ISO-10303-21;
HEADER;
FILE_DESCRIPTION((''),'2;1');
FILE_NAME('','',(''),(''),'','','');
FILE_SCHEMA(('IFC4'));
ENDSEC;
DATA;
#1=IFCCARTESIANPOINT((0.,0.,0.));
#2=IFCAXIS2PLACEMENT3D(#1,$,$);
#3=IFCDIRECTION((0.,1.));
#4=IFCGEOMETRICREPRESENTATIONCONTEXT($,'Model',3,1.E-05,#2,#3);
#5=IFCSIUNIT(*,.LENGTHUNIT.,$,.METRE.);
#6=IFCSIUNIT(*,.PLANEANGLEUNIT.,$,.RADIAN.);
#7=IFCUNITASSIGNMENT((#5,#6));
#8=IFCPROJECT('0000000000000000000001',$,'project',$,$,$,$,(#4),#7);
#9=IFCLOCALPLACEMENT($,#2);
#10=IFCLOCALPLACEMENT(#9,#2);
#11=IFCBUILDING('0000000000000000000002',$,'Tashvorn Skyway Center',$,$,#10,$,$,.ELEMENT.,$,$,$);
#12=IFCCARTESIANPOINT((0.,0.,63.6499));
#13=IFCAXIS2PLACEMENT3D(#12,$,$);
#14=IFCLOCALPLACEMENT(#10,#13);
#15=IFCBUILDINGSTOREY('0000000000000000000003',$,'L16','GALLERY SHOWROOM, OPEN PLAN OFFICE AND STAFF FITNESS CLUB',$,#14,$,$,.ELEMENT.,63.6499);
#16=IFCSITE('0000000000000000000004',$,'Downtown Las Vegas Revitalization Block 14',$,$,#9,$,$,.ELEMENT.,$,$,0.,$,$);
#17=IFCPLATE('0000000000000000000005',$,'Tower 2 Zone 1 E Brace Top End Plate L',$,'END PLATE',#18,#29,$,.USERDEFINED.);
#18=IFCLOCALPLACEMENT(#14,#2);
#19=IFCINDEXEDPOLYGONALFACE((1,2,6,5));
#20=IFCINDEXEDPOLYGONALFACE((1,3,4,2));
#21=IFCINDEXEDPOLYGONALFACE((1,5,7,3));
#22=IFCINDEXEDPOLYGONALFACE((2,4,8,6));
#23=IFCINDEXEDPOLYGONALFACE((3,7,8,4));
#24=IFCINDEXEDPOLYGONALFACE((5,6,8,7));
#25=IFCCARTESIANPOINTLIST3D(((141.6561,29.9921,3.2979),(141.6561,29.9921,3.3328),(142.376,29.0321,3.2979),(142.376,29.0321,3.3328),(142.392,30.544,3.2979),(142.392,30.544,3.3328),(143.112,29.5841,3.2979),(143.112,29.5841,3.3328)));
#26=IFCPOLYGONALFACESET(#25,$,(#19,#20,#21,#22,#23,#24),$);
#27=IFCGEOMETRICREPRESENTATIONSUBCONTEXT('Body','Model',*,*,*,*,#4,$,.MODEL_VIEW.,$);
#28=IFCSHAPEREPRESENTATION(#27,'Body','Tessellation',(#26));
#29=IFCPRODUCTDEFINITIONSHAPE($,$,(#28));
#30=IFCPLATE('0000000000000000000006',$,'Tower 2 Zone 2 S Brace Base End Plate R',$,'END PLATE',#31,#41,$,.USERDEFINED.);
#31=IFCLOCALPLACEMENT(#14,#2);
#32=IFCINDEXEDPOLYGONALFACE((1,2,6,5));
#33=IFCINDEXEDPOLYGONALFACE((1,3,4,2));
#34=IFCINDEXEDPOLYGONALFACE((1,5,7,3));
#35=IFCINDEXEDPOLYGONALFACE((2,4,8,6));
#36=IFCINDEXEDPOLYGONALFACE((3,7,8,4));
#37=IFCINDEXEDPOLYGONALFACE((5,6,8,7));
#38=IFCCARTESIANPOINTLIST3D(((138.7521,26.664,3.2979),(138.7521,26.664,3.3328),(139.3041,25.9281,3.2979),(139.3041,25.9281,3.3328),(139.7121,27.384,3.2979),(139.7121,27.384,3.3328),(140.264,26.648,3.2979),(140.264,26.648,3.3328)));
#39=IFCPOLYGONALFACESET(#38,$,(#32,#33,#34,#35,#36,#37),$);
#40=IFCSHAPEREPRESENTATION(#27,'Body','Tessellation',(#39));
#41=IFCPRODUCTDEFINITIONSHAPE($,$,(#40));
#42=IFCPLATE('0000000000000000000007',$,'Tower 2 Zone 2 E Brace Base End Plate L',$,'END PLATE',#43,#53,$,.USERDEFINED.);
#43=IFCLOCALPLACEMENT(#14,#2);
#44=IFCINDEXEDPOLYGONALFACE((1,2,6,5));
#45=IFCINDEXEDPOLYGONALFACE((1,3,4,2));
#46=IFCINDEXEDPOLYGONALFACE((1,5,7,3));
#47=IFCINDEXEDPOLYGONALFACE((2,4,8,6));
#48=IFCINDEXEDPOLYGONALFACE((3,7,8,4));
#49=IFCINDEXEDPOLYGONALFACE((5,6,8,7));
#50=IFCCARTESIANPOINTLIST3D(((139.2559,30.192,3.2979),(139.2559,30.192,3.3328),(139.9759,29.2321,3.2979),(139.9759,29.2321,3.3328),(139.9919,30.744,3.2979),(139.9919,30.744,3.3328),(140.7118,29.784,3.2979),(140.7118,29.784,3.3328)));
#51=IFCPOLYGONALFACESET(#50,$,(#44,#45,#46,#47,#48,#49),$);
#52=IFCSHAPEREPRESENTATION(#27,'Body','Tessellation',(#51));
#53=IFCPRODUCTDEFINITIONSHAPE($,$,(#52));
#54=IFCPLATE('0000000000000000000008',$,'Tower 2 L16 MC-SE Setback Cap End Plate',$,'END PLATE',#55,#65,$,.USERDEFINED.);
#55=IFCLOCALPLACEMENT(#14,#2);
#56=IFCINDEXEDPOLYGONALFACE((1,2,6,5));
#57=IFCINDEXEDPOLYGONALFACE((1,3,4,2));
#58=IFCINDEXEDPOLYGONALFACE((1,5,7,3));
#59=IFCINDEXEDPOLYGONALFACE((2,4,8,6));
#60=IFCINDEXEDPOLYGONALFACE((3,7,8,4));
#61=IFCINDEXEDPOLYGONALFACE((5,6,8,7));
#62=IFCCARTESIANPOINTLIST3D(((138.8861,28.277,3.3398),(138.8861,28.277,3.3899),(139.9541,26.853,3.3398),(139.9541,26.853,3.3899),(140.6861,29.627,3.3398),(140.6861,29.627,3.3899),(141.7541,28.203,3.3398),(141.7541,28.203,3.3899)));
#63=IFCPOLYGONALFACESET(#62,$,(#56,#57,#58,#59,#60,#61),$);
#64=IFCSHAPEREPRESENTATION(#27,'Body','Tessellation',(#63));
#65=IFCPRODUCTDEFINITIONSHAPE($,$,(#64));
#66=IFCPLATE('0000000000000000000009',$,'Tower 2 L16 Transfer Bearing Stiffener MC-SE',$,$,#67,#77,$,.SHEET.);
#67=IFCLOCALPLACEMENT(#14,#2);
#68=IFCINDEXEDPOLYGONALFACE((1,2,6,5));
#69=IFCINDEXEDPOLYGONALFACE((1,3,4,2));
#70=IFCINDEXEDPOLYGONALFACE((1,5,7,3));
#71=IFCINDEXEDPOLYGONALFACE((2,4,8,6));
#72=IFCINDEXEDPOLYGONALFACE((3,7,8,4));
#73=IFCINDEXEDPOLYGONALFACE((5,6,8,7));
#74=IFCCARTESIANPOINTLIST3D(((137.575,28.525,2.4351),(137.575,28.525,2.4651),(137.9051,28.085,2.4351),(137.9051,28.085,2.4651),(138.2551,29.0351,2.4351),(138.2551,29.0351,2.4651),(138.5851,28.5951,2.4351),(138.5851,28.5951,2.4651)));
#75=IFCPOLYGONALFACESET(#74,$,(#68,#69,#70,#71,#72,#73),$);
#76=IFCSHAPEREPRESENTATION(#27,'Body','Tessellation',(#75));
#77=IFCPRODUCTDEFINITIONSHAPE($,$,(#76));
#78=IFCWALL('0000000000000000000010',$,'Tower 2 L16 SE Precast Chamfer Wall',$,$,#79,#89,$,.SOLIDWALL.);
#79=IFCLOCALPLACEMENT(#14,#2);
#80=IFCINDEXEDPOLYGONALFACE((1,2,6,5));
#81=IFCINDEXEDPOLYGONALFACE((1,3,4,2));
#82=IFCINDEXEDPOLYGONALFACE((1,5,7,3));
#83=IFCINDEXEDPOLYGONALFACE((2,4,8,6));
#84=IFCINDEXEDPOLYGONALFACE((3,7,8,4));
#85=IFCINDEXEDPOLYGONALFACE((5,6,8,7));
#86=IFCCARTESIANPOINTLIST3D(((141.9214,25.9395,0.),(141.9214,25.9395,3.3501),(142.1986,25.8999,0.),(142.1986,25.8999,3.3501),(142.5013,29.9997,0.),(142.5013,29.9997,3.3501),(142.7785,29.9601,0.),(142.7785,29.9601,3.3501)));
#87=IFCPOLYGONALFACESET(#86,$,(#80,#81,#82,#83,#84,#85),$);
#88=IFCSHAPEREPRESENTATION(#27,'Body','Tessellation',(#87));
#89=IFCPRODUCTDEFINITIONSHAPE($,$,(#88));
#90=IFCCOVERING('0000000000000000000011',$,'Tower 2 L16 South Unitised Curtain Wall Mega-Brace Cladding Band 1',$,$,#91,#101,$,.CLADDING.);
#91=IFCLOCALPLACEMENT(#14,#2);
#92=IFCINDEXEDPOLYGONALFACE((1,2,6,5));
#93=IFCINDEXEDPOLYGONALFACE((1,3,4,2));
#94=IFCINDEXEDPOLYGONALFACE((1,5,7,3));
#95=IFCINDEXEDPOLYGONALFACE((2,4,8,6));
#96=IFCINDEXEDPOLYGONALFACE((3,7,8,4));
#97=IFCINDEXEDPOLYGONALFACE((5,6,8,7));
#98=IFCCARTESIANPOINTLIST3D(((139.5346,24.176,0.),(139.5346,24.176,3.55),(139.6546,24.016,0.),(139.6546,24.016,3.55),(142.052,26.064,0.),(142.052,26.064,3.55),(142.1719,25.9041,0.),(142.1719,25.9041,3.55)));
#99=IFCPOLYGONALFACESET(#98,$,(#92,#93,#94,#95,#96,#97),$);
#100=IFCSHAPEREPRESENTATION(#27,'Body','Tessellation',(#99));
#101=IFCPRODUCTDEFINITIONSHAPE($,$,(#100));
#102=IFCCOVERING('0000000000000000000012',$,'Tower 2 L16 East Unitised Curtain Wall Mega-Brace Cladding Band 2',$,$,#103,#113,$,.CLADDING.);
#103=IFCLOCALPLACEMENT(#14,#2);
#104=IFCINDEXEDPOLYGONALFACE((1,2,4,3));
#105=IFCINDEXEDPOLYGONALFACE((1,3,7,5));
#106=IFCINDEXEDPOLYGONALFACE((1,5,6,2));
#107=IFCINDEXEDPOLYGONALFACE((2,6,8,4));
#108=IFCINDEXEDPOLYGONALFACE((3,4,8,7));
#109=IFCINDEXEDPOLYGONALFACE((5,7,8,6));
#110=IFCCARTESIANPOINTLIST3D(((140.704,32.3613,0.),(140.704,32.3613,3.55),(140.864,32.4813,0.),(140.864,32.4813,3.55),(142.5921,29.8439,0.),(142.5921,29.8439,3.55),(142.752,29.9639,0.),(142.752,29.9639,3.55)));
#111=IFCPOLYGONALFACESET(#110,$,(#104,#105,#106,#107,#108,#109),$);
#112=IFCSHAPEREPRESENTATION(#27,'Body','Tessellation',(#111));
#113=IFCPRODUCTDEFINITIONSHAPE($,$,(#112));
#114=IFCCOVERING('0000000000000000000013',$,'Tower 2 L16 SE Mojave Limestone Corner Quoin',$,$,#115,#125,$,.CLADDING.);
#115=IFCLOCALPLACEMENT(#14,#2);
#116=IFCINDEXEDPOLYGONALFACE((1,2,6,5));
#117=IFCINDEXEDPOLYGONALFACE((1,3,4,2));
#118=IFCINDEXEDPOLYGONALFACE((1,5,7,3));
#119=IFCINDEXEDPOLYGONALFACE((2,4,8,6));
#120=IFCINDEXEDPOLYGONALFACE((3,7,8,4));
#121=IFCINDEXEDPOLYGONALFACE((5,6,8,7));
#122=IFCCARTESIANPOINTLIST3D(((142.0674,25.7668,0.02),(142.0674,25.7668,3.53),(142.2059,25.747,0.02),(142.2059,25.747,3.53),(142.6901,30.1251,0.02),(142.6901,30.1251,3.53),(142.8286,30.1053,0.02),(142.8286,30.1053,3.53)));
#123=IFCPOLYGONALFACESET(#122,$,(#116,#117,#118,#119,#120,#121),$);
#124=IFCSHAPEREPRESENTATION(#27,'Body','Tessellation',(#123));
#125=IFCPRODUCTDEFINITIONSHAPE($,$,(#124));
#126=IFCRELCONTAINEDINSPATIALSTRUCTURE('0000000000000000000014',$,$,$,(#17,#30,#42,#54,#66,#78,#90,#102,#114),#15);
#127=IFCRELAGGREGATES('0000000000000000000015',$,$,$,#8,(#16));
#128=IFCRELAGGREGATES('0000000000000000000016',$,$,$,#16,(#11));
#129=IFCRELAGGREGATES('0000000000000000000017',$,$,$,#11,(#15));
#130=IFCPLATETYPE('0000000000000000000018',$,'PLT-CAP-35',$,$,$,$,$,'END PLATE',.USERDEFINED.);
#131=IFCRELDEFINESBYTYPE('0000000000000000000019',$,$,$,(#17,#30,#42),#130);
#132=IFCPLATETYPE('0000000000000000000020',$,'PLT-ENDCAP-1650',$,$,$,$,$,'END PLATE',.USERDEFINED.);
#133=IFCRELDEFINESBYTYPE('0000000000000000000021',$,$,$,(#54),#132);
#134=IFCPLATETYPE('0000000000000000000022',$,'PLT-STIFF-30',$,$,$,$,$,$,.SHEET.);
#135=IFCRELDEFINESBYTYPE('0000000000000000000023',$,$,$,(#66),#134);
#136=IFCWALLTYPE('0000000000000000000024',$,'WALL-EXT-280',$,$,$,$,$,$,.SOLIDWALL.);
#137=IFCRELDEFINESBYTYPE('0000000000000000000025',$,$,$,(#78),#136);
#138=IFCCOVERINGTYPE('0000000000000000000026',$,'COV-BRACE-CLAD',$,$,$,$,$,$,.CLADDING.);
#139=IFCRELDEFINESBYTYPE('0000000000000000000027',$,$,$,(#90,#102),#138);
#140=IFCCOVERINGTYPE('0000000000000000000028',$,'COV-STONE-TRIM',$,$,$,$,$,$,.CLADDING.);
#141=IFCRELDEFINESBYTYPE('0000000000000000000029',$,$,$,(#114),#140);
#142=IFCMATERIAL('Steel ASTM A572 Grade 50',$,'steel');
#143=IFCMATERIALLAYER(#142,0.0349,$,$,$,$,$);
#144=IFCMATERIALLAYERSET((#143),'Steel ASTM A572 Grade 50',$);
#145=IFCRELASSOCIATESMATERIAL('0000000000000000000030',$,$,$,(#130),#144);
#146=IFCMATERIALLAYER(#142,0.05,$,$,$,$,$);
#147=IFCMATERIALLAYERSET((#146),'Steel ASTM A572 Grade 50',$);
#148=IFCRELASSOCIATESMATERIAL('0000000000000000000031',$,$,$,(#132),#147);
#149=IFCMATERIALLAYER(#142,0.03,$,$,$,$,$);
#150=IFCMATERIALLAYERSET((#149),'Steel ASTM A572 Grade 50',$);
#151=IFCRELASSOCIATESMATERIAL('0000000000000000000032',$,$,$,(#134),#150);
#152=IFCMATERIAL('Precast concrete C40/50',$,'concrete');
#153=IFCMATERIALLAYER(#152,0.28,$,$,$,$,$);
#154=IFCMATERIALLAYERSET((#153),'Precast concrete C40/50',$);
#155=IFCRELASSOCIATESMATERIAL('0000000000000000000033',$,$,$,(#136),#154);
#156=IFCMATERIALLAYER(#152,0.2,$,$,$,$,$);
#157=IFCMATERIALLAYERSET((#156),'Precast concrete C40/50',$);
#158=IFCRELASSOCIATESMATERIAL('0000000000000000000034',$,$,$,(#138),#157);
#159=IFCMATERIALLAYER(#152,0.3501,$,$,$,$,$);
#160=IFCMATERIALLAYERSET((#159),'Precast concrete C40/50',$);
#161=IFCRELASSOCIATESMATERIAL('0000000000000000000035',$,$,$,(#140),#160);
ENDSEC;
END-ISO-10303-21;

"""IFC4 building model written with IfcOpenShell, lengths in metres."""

from ifc_helpers import new_model, si_unit, direction, frame, frame_2d, origin, origin_2d, place, context, subcontext, project, spatial, rectangle, extrude, material, layer, layer_set, type_object, element, save


model = new_model("IFC4")

# Units and contexts
model_context = context("Model", 3, precision=1e-05, world=origin(), true_north=direction((0.0, 1.0)))
body_context = subcontext(model_context, "Body", "Model", "MODEL_VIEW")
ifc_project = project(units=[si_unit("LENGTHUNIT", "METRE"), si_unit("PLANEANGLEUNIT", "RADIAN")], contexts=[model_context])

# Site, building, storey
site_placement = place(None, origin())
site = spatial("IfcSite", under=ifc_project, at=site_placement, Name="Downtown Las Vegas Revitalization Block 14", CompositionType="ELEMENT", RefElevation=0.0)
building_placement = place(site_placement, origin())
building = spatial("IfcBuilding", under=site, at=building_placement, Name="Tashvorn Skyway Center", CompositionType="ELEMENT")
storey_placement = place(building_placement, frame((0.0, 0.0, 63.6499)))
storey = spatial("IfcBuildingStorey", under=building, at=storey_placement, Name="L16", Description="GALLERY SHOWROOM, OPEN PLAN OFFICE AND STAFF FITNESS CLUB", CompositionType="ELEMENT", Elevation=63.6499)

# Shared definitions
ifc_material_1 = material(Name="Steel ASTM A572 Grade 50", Category="steel")

# Plates
ifc_layer_1 = layer(ifc_material_1, 0.0349)
ifc_layer_set_1 = layer_set([ifc_layer_1], Name="Steel ASTM A572 Grade 50")
plate_type_1 = type_object("IfcPlateType", Name="PLT-CAP-35", ElementType="END PLATE", PredefinedType="USERDEFINED", material=ifc_layer_set_1)
for number, where, z_axis, x_axis, name in (
    (1, (142.384, 29.7881, 3.2979), (0.0, 0.0, 1.0), (-0.6, 0.8, 0.0), "Tower 2 Zone 1 E Brace Top End Plate L"),
    (2, (139.5081, 26.656, 3.2979), (0.0, 0.0, 1.0), (0.8, 0.6, 0.0), "Tower 2 Zone 2 S Brace Base End Plate R"),
    (3, (139.9839, 29.988, 3.2979), (0.0, 0.0, 1.0), (-0.6, 0.8, 0.0), "Tower 2 Zone 2 E Brace Base End Plate L"),
):
    element("IfcPlate", number, at=place(storey_placement, frame(where, z_axis=z_axis, x_axis=x_axis)), inside=storey, type_object=plate_type_1, Name=name, ObjectType="END PLATE", PredefinedType="USERDEFINED", context=body_context, shape_type="SweptSolid", body=[
        extrude(rectangle(XDim=1.2, YDim=0.9199, at=origin_2d()), origin(), (0.0, 0.0, 1.0), 0.0349),
    ])
ifc_layer_2 = layer(ifc_material_1, 0.05)
ifc_layer_set_2 = layer_set([ifc_layer_2], Name="Steel ASTM A572 Grade 50")
plate_type_2 = type_object("IfcPlateType", Name="PLT-ENDCAP-1650", ElementType="END PLATE", PredefinedType="USERDEFINED", material=ifc_layer_set_2)
plate_1_placement = place(storey_placement, frame((140.3201, 28.24, 3.3398), z_axis=(0.0, 0.0, 1.0), x_axis=(0.8, 0.6, 0.0)))
element("IfcPlate", 4, at=plate_1_placement, inside=storey, type_object=plate_type_2, Name="Tower 2 L16 MC-SE Setback Cap End Plate", ObjectType="END PLATE", PredefinedType="USERDEFINED", context=body_context, shape_type="SweptSolid", body=[
    extrude(rectangle(XDim=2.25, YDim=1.78, at=origin_2d()), origin(), (0.0, 0.0, 1.0), 0.05),
])
ifc_layer_3 = layer(ifc_material_1, 0.03)
ifc_layer_set_3 = layer_set([ifc_layer_3], Name="Steel ASTM A572 Grade 50")
plate_type_3 = type_object("IfcPlateType", Name="PLT-STIFF-30", PredefinedType="SHEET", material=ifc_layer_set_3)
plate_2_placement = place(storey_placement, frame((138.0801, 28.5601, 2.4351), z_axis=(0.0, 0.0, 1.0), x_axis=(0.8, 0.6, 0.0)))
element("IfcPlate", 5, at=plate_2_placement, inside=storey, type_object=plate_type_3, Name="Tower 2 L16 Transfer Bearing Stiffener MC-SE", PredefinedType="SHEET", context=body_context, shape_type="SweptSolid", body=[
    extrude(rectangle(XDim=0.8501, YDim=0.55, at=origin_2d()), origin(), (0.0, 0.0, 1.0), 0.03),
])

# Wall
ifc_material_2 = material(Name="Precast concrete C40/50", Category="concrete")
ifc_layer_4 = layer(ifc_material_2, 0.28)
ifc_layer_set_4 = layer_set([ifc_layer_4], Name="Precast concrete C40/50")
wall_type = type_object("IfcWallType", Name="WALL-EXT-280", PredefinedType="SOLIDWALL", material=ifc_layer_set_4)
wall_placement = place(storey_placement, frame((142.6399, 29.98, 0.0), z_axis=(0.0, 0.0, 1.0), x_axis=(-0.14138, -0.989955, 0.0)))
element("IfcWall", 6, at=wall_placement, inside=storey, type_object=wall_type, Name="Tower 2 L16 SE Precast Chamfer Wall", PredefinedType="SOLIDWALL", context=body_context, shape_type="SweptSolid", body=[
    extrude(rectangle(XDim=4.1013, YDim=0.28, at=frame_2d((2.0508, 0.0))), origin(), (0.0, 0.0, 1.0), 3.3501),
])

# Coverings
ifc_layer_5 = layer(ifc_material_2, 0.2)
ifc_layer_set_5 = layer_set([ifc_layer_5], Name="Precast concrete C40/50")
covering_type_1 = type_object("IfcCoveringType", Name="COV-BRACE-CLAD", PredefinedType="CLADDING", material=ifc_layer_set_5)
for number, where, z_axis, x_axis, name in (
    (7, (140.8533, 25.04, 0.0), (0.0, 0.0, 1.0), (-0.8, -0.6, 0.0), "Tower 2 L16 South Unitised Curtain Wall Mega-Brace Cladding Band 1"),
    (8, (141.728, 31.1626, 0.0), (0.0, 0.0, 1.0), (0.6, -0.8, 0.0), "Tower 2 L16 East Unitised Curtain Wall Mega-Brace Cladding Band 2"),
):
    element("IfcCovering", number, at=place(storey_placement, frame(where, z_axis=z_axis, x_axis=x_axis)), inside=storey, type_object=covering_type_1, Name=name, PredefinedType="CLADDING", context=body_context, shape_type="SweptSolid", body=[
        extrude(rectangle(XDim=3.1467, YDim=0.2, at=origin_2d()), origin(), (0.0, 0.0, 1.0), 3.55),
    ])
ifc_layer_6 = layer(ifc_material_2, 0.3501)
ifc_layer_set_6 = layer_set([ifc_layer_6], Name="Precast concrete C40/50")
covering_type_2 = type_object("IfcCoveringType", Name="COV-STONE-TRIM", PredefinedType="CLADDING", material=ifc_layer_set_6)
covering_placement = place(storey_placement, frame((142.448, 27.936, 0.02), z_axis=(0.0, 0.0, 1.0), x_axis=(0.141421, 0.989949, 0.0)))
element("IfcCovering", 9, at=covering_placement, inside=storey, type_object=covering_type_2, Name="Tower 2 L16 SE Mojave Limestone Corner Quoin", PredefinedType="CLADDING", context=body_context, shape_type="SweptSolid", body=[
    extrude(rectangle(XDim=4.4026, YDim=0.1399, at=origin_2d()), origin(), (0.0, 0.0, 1.0), 3.51),
])

save(model, "model.ifc")
